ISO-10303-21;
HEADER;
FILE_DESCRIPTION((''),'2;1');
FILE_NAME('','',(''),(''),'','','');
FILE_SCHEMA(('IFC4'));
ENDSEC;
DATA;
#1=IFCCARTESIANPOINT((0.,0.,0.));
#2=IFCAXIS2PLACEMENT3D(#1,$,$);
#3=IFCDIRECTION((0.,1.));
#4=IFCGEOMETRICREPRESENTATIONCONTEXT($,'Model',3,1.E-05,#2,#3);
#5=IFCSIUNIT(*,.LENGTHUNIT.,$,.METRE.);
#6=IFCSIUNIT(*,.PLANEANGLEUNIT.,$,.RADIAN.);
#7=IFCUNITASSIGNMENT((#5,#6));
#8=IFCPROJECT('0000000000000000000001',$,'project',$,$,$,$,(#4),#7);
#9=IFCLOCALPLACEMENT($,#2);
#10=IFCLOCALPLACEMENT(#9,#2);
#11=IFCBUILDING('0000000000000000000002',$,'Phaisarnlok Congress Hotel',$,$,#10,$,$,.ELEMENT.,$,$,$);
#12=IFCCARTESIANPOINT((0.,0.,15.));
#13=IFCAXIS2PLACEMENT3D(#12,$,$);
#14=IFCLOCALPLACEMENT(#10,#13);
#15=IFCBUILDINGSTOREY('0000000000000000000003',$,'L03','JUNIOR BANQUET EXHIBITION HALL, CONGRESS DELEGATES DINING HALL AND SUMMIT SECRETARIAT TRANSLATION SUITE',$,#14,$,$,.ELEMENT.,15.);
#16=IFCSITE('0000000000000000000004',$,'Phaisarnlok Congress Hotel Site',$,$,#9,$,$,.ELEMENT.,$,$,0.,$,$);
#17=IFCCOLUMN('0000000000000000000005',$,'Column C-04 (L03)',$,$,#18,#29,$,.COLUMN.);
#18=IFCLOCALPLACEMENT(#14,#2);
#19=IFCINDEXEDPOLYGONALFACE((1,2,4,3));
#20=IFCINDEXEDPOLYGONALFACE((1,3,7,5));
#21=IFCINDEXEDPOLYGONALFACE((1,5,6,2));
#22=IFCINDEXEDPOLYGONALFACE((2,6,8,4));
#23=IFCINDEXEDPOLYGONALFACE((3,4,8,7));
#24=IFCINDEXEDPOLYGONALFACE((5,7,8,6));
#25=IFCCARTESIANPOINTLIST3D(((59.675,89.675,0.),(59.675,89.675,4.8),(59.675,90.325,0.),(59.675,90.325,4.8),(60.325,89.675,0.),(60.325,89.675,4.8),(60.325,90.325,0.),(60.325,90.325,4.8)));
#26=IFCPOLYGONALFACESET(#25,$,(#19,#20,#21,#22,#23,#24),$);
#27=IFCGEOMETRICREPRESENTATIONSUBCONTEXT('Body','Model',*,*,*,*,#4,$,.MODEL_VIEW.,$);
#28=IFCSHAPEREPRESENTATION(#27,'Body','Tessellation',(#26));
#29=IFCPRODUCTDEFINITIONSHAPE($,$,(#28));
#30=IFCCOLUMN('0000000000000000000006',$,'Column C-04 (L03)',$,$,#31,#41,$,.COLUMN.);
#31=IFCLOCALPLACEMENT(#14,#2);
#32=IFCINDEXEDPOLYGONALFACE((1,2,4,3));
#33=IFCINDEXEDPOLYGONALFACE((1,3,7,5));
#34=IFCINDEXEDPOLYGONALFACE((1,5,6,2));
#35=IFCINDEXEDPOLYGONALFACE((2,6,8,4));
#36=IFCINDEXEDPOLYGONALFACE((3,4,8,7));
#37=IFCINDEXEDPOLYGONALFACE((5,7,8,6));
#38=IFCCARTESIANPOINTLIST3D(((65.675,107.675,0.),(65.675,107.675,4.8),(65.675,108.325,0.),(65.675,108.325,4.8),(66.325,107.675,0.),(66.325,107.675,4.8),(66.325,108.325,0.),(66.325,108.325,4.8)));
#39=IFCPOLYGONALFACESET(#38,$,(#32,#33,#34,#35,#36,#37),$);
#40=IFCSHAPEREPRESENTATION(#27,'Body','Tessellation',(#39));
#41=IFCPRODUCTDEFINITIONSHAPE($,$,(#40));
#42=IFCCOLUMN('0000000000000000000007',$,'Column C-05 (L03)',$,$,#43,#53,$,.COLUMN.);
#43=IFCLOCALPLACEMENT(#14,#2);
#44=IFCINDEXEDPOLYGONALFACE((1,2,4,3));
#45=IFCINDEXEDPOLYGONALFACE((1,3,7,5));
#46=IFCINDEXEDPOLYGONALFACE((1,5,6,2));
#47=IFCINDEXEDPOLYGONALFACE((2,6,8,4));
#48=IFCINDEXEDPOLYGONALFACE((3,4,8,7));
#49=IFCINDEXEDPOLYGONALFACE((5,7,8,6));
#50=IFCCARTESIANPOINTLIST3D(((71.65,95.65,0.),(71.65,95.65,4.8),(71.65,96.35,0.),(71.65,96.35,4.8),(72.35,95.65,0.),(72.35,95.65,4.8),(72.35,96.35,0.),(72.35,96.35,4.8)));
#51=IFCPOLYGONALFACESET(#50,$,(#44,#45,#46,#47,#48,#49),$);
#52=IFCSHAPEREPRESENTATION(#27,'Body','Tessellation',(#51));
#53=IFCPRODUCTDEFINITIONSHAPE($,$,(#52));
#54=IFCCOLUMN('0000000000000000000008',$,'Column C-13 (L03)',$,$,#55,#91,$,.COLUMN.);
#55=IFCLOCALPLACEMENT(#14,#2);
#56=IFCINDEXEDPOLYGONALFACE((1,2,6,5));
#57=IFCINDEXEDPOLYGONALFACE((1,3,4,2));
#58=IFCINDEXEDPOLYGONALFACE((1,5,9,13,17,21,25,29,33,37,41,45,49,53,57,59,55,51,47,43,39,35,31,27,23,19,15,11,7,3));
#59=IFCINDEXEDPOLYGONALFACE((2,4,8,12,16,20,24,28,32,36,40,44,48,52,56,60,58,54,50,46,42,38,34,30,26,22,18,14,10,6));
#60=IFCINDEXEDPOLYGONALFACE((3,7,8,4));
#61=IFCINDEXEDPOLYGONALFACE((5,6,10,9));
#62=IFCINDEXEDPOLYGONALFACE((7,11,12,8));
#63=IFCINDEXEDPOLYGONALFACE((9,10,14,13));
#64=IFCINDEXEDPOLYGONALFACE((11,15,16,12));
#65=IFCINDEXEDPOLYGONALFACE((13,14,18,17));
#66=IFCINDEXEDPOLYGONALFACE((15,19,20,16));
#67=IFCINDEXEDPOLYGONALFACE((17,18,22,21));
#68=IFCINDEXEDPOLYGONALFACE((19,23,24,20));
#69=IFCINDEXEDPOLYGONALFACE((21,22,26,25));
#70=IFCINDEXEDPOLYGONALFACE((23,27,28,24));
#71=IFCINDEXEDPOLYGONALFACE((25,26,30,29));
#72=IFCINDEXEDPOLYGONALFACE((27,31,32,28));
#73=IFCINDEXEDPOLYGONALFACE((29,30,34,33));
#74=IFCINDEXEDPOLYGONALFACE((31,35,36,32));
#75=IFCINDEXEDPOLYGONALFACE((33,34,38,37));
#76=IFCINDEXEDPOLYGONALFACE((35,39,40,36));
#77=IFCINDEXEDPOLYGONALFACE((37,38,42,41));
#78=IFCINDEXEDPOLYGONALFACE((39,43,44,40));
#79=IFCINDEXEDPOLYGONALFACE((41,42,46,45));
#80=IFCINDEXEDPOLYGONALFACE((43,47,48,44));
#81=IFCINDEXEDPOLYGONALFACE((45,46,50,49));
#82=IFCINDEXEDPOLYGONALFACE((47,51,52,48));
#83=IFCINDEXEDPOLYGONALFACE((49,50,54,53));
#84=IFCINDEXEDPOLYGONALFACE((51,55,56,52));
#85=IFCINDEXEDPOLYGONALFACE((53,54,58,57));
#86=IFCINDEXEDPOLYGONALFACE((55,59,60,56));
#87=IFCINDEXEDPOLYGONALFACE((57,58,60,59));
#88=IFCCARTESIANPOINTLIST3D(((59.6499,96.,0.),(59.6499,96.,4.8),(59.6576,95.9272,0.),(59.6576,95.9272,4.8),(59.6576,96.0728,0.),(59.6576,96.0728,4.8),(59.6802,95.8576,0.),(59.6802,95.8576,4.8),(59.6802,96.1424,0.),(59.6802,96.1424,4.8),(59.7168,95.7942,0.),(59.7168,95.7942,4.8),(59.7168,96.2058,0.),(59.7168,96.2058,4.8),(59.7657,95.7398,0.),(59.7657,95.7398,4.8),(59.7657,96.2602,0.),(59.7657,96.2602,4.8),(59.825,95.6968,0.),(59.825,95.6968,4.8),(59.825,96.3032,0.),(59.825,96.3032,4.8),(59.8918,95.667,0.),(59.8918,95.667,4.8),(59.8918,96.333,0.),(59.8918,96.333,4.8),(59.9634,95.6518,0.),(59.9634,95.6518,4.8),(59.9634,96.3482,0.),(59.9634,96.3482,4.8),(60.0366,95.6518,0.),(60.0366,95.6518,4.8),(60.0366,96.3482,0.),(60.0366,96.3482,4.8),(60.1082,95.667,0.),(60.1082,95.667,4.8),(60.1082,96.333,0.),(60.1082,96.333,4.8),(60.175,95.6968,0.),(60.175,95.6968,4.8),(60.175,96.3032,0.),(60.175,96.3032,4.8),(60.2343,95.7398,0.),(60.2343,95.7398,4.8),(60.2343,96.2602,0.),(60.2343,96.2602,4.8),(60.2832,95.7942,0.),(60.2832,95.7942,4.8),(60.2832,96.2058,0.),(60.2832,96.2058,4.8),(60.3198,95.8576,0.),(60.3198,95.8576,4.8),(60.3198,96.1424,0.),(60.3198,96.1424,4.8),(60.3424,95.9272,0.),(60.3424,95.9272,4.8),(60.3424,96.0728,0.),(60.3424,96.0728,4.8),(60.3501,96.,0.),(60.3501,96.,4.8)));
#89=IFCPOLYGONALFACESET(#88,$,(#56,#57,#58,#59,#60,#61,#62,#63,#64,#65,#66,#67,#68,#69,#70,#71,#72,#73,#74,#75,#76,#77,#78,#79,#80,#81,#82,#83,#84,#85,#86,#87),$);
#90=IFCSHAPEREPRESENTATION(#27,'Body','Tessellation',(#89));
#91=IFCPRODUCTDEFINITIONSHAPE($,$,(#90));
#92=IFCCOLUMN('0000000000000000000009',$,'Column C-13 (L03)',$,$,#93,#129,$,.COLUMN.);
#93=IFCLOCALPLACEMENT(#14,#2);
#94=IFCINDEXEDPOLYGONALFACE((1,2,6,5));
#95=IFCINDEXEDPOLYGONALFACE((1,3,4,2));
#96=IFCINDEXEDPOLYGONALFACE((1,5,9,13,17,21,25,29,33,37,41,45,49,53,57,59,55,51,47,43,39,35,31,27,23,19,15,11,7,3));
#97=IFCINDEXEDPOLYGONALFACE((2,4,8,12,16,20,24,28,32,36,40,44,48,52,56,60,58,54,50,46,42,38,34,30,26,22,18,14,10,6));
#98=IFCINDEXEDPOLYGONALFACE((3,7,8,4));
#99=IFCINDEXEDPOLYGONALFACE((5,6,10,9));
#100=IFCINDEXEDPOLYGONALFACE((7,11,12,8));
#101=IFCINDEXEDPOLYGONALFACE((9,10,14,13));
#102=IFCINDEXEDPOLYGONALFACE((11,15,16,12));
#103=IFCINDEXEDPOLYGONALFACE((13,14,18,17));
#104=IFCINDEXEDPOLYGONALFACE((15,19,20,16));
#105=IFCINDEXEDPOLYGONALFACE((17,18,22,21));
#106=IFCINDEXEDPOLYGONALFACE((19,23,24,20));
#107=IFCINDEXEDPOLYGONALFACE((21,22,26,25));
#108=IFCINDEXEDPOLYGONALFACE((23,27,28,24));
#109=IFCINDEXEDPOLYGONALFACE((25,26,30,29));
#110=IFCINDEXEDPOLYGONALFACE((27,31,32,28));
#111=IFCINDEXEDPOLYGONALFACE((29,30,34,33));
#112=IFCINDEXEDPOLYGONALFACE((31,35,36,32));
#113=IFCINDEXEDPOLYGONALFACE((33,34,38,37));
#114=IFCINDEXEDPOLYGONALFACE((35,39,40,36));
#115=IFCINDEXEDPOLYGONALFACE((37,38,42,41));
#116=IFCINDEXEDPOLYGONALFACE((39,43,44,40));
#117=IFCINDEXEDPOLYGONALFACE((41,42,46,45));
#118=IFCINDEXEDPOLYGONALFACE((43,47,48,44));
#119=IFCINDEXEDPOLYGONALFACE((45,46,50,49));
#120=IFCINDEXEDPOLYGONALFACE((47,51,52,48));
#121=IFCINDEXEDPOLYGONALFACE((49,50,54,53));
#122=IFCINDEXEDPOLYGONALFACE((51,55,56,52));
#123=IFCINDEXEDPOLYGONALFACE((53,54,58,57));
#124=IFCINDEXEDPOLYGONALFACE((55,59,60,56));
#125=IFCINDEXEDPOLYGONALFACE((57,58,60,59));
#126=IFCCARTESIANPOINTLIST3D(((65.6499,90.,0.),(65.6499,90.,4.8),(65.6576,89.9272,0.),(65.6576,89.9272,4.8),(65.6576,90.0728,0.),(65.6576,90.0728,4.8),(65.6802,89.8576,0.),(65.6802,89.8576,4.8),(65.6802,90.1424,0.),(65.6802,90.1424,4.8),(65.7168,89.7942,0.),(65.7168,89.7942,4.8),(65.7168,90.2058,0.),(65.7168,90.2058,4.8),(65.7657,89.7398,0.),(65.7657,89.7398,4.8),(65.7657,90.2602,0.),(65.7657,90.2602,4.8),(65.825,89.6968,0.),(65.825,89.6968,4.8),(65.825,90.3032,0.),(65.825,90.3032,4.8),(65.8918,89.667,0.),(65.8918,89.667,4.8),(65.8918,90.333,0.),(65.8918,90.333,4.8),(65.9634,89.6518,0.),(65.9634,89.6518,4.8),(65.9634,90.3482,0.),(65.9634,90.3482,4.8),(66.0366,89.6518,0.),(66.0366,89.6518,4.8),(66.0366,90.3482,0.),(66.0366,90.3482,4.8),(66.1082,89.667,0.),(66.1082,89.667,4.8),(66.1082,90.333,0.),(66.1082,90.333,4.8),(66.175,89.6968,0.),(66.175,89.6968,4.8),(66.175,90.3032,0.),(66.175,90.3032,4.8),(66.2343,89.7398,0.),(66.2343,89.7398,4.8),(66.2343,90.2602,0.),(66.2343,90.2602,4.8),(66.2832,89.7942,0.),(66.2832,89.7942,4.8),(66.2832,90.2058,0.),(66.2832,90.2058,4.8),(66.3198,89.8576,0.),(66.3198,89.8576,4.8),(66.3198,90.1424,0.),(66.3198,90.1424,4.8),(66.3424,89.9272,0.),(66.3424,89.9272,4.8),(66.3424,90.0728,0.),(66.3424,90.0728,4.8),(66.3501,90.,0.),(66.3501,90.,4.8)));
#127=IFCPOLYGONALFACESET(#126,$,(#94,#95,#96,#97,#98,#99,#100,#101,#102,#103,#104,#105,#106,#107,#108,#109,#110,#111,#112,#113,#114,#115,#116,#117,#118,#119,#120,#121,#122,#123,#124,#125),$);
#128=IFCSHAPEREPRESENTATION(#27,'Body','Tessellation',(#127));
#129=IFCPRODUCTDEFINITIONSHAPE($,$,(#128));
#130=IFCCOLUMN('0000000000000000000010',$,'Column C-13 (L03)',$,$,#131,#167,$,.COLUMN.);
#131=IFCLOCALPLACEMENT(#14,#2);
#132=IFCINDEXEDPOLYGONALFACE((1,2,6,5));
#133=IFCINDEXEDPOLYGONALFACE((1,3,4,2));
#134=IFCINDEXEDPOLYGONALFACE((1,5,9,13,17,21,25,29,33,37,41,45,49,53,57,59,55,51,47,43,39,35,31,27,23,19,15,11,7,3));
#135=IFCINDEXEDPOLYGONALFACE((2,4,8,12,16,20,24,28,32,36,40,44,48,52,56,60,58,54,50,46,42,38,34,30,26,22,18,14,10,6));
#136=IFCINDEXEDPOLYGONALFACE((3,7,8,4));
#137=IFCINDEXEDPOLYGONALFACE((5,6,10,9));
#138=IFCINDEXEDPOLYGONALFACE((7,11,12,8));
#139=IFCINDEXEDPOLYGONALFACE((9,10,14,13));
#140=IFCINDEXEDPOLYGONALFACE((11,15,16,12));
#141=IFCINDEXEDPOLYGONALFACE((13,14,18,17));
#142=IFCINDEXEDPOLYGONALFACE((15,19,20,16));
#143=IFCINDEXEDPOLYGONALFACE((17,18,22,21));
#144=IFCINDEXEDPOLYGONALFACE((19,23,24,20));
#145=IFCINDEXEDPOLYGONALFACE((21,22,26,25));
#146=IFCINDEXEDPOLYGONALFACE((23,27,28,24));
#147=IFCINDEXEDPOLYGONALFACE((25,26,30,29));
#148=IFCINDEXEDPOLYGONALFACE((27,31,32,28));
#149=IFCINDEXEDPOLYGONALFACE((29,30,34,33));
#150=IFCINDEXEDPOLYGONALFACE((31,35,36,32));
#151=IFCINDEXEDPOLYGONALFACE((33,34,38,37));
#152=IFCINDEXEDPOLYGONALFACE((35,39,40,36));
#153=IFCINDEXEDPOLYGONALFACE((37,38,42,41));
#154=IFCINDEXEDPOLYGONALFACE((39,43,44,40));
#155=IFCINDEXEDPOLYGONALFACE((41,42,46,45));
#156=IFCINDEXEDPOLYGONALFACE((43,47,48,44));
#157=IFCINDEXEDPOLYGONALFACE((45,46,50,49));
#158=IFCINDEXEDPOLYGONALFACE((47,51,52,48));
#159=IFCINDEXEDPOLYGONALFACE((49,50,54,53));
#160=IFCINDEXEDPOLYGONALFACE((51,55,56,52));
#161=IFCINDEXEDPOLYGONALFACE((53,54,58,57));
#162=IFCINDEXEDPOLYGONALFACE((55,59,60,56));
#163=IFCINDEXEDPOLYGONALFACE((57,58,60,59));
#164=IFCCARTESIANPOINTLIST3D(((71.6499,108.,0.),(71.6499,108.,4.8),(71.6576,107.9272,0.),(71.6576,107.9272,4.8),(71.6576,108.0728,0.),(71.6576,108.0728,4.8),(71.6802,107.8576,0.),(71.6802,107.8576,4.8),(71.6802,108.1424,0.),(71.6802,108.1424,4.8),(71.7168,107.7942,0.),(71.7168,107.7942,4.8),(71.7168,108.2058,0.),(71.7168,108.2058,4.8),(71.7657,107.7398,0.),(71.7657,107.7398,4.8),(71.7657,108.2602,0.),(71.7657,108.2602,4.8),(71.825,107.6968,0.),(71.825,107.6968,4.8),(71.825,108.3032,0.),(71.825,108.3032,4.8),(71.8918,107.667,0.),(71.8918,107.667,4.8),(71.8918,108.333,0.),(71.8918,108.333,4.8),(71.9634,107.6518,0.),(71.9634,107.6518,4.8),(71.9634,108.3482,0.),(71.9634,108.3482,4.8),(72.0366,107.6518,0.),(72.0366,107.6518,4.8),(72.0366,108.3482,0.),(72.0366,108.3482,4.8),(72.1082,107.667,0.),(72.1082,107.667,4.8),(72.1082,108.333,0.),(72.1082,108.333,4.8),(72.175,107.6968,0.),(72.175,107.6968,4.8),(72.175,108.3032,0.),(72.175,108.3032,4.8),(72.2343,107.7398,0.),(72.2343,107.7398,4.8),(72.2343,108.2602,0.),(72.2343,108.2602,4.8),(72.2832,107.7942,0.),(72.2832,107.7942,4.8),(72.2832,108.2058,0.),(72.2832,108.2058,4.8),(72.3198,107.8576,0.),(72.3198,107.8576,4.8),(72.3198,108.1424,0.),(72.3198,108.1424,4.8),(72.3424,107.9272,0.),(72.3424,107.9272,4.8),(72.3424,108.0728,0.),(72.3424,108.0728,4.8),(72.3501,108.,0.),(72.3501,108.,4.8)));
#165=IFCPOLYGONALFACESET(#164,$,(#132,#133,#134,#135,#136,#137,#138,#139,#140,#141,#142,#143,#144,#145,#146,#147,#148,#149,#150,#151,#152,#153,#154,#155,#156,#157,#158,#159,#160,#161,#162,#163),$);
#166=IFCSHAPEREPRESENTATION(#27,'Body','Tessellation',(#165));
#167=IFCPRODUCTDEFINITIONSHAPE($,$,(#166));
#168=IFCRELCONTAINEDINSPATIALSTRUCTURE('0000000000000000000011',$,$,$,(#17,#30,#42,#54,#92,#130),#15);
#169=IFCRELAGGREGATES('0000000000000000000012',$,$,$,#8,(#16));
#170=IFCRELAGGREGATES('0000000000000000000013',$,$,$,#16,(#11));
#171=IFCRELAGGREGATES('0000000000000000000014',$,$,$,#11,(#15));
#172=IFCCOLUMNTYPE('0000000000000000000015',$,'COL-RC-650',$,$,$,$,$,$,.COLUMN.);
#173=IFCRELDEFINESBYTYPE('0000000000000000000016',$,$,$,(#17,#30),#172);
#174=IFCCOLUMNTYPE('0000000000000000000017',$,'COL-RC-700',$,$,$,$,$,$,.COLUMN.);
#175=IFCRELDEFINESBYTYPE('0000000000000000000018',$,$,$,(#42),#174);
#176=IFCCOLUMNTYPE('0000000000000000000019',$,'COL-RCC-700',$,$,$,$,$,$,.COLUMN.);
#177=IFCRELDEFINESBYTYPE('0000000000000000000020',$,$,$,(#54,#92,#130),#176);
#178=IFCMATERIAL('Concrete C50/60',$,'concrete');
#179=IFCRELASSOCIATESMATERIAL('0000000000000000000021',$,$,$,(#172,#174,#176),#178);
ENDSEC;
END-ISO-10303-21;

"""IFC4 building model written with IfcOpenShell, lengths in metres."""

from ifc_helpers import new_model, si_unit, direction, frame, origin, origin_2d, place, context, subcontext, project, spatial, rectangle, circle, extrude, material, material_profile, profile_set, type_object, element, save


model = new_model("IFC4")

# Units and contexts
model_context = context("Model", 3, precision=1e-05, world=origin(), true_north=direction((0.0, 1.0)))
body_context = subcontext(model_context, "Body", "Model", "MODEL_VIEW")
ifc_project = project(units=[si_unit("LENGTHUNIT", "METRE"), si_unit("PLANEANGLEUNIT", "RADIAN")], contexts=[model_context])

# Site, building, storey
site_placement = place(None, origin())
site = spatial("IfcSite", under=ifc_project, at=site_placement, Name="Phaisarnlok Congress Hotel Site", CompositionType="ELEMENT", RefElevation=0.0)
building_placement = place(site_placement, origin())
building = spatial("IfcBuilding", under=site, at=building_placement, Name="Phaisarnlok Congress Hotel", CompositionType="ELEMENT")
storey_placement = place(building_placement, frame((0.0, 0.0, 15.0)))
storey = spatial("IfcBuildingStorey", under=building, at=storey_placement, Name="L03", Description="JUNIOR BANQUET EXHIBITION HALL, CONGRESS DELEGATES DINING HALL AND SUMMIT SECRETARIAT TRANSLATION SUITE", CompositionType="ELEMENT", Elevation=15.0)

# Columns
ifc_material_1 = material(Name="Concrete C50/60", Category="concrete")
ifc_material_profile_1 = material_profile(ifc_material_1, rectangle(XDim=0.6499, YDim=0.6499, at=origin_2d()), Name="RC 650x650")
ifc_profile_set_1 = profile_set([ifc_material_profile_1], Name="Concrete C50/60")
column_type_1 = type_object("IfcColumnType", Name="COL-RC-650", PredefinedType="COLUMN", material=ifc_profile_set_1)
for number, where, z_axis, x_axis, name in (
    (1, (60.0, 90.0, 0.0), (0.0, 0.0, 1.0), (1.0, 0.0, 0.0), "Column C-04 (L03)"),
    (2, (66.0, 108.0, 0.0), (0.0, 0.0, 1.0), (1.0, 0.0, 0.0), "Column C-04 (L03)"),
):
    element("IfcColumn", number, at=place(storey_placement, frame(where, z_axis=z_axis, x_axis=x_axis)), inside=storey, type_object=column_type_1, Name=name, PredefinedType="COLUMN", context=body_context, shape_type="SweptSolid", body=[
        extrude(rectangle(XDim=0.6499, YDim=0.6499, at=origin_2d()), origin(), (0.0, 0.0, 1.0), 4.8),
    ])
ifc_material_profile_2 = material_profile(ifc_material_1, rectangle(XDim=0.7, YDim=0.7, at=origin_2d()), Name="RC 700x700")
ifc_profile_set_2 = profile_set([ifc_material_profile_2], Name="Concrete C50/60")
column_type_2 = type_object("IfcColumnType", Name="COL-RC-700", PredefinedType="COLUMN", material=ifc_profile_set_2)
column_placement = place(storey_placement, frame((72.0, 96.0, 0.0), z_axis=(0.0, 0.0, 1.0), x_axis=(1.0, 0.0, 0.0)))
element("IfcColumn", 3, at=column_placement, inside=storey, type_object=column_type_2, Name="Column C-05 (L03)", PredefinedType="COLUMN", context=body_context, shape_type="SweptSolid", body=[
    extrude(rectangle(XDim=0.7, YDim=0.7, at=origin_2d()), origin(), (0.0, 0.0, 1.0), 4.8),
])
ifc_material_profile_3 = material_profile(ifc_material_1, circle(Radius=0.3501, at=origin_2d()), Name="RCC D700")
ifc_profile_set_3 = profile_set([ifc_material_profile_3], Name="Concrete C50/60")
column_type_3 = type_object("IfcColumnType", Name="COL-RCC-700", PredefinedType="COLUMN", material=ifc_profile_set_3)
for number, where, z_axis, x_axis, name in (
    (4, (60.0, 96.0, 0.0), (0.0, 0.0, 1.0), (1.0, 0.0, 0.0), "Column C-13 (L03)"),
    (5, (66.0, 90.0, 0.0), (0.0, 0.0, 1.0), (1.0, 0.0, 0.0), "Column C-13 (L03)"),
    (6, (72.0, 108.0, 0.0), (0.0, 0.0, 1.0), (1.0, 0.0, 0.0), "Column C-13 (L03)"),
):
    element("IfcColumn", number, at=place(storey_placement, frame(where, z_axis=z_axis, x_axis=x_axis)), inside=storey, type_object=column_type_3, Name=name, PredefinedType="COLUMN", context=body_context, shape_type="SweptSolid", body=[
        extrude(circle(Radius=0.3501, at=origin_2d()), origin(), (0.0, 0.0, 1.0), 4.8),
    ])

save(model, "model.ifc")
